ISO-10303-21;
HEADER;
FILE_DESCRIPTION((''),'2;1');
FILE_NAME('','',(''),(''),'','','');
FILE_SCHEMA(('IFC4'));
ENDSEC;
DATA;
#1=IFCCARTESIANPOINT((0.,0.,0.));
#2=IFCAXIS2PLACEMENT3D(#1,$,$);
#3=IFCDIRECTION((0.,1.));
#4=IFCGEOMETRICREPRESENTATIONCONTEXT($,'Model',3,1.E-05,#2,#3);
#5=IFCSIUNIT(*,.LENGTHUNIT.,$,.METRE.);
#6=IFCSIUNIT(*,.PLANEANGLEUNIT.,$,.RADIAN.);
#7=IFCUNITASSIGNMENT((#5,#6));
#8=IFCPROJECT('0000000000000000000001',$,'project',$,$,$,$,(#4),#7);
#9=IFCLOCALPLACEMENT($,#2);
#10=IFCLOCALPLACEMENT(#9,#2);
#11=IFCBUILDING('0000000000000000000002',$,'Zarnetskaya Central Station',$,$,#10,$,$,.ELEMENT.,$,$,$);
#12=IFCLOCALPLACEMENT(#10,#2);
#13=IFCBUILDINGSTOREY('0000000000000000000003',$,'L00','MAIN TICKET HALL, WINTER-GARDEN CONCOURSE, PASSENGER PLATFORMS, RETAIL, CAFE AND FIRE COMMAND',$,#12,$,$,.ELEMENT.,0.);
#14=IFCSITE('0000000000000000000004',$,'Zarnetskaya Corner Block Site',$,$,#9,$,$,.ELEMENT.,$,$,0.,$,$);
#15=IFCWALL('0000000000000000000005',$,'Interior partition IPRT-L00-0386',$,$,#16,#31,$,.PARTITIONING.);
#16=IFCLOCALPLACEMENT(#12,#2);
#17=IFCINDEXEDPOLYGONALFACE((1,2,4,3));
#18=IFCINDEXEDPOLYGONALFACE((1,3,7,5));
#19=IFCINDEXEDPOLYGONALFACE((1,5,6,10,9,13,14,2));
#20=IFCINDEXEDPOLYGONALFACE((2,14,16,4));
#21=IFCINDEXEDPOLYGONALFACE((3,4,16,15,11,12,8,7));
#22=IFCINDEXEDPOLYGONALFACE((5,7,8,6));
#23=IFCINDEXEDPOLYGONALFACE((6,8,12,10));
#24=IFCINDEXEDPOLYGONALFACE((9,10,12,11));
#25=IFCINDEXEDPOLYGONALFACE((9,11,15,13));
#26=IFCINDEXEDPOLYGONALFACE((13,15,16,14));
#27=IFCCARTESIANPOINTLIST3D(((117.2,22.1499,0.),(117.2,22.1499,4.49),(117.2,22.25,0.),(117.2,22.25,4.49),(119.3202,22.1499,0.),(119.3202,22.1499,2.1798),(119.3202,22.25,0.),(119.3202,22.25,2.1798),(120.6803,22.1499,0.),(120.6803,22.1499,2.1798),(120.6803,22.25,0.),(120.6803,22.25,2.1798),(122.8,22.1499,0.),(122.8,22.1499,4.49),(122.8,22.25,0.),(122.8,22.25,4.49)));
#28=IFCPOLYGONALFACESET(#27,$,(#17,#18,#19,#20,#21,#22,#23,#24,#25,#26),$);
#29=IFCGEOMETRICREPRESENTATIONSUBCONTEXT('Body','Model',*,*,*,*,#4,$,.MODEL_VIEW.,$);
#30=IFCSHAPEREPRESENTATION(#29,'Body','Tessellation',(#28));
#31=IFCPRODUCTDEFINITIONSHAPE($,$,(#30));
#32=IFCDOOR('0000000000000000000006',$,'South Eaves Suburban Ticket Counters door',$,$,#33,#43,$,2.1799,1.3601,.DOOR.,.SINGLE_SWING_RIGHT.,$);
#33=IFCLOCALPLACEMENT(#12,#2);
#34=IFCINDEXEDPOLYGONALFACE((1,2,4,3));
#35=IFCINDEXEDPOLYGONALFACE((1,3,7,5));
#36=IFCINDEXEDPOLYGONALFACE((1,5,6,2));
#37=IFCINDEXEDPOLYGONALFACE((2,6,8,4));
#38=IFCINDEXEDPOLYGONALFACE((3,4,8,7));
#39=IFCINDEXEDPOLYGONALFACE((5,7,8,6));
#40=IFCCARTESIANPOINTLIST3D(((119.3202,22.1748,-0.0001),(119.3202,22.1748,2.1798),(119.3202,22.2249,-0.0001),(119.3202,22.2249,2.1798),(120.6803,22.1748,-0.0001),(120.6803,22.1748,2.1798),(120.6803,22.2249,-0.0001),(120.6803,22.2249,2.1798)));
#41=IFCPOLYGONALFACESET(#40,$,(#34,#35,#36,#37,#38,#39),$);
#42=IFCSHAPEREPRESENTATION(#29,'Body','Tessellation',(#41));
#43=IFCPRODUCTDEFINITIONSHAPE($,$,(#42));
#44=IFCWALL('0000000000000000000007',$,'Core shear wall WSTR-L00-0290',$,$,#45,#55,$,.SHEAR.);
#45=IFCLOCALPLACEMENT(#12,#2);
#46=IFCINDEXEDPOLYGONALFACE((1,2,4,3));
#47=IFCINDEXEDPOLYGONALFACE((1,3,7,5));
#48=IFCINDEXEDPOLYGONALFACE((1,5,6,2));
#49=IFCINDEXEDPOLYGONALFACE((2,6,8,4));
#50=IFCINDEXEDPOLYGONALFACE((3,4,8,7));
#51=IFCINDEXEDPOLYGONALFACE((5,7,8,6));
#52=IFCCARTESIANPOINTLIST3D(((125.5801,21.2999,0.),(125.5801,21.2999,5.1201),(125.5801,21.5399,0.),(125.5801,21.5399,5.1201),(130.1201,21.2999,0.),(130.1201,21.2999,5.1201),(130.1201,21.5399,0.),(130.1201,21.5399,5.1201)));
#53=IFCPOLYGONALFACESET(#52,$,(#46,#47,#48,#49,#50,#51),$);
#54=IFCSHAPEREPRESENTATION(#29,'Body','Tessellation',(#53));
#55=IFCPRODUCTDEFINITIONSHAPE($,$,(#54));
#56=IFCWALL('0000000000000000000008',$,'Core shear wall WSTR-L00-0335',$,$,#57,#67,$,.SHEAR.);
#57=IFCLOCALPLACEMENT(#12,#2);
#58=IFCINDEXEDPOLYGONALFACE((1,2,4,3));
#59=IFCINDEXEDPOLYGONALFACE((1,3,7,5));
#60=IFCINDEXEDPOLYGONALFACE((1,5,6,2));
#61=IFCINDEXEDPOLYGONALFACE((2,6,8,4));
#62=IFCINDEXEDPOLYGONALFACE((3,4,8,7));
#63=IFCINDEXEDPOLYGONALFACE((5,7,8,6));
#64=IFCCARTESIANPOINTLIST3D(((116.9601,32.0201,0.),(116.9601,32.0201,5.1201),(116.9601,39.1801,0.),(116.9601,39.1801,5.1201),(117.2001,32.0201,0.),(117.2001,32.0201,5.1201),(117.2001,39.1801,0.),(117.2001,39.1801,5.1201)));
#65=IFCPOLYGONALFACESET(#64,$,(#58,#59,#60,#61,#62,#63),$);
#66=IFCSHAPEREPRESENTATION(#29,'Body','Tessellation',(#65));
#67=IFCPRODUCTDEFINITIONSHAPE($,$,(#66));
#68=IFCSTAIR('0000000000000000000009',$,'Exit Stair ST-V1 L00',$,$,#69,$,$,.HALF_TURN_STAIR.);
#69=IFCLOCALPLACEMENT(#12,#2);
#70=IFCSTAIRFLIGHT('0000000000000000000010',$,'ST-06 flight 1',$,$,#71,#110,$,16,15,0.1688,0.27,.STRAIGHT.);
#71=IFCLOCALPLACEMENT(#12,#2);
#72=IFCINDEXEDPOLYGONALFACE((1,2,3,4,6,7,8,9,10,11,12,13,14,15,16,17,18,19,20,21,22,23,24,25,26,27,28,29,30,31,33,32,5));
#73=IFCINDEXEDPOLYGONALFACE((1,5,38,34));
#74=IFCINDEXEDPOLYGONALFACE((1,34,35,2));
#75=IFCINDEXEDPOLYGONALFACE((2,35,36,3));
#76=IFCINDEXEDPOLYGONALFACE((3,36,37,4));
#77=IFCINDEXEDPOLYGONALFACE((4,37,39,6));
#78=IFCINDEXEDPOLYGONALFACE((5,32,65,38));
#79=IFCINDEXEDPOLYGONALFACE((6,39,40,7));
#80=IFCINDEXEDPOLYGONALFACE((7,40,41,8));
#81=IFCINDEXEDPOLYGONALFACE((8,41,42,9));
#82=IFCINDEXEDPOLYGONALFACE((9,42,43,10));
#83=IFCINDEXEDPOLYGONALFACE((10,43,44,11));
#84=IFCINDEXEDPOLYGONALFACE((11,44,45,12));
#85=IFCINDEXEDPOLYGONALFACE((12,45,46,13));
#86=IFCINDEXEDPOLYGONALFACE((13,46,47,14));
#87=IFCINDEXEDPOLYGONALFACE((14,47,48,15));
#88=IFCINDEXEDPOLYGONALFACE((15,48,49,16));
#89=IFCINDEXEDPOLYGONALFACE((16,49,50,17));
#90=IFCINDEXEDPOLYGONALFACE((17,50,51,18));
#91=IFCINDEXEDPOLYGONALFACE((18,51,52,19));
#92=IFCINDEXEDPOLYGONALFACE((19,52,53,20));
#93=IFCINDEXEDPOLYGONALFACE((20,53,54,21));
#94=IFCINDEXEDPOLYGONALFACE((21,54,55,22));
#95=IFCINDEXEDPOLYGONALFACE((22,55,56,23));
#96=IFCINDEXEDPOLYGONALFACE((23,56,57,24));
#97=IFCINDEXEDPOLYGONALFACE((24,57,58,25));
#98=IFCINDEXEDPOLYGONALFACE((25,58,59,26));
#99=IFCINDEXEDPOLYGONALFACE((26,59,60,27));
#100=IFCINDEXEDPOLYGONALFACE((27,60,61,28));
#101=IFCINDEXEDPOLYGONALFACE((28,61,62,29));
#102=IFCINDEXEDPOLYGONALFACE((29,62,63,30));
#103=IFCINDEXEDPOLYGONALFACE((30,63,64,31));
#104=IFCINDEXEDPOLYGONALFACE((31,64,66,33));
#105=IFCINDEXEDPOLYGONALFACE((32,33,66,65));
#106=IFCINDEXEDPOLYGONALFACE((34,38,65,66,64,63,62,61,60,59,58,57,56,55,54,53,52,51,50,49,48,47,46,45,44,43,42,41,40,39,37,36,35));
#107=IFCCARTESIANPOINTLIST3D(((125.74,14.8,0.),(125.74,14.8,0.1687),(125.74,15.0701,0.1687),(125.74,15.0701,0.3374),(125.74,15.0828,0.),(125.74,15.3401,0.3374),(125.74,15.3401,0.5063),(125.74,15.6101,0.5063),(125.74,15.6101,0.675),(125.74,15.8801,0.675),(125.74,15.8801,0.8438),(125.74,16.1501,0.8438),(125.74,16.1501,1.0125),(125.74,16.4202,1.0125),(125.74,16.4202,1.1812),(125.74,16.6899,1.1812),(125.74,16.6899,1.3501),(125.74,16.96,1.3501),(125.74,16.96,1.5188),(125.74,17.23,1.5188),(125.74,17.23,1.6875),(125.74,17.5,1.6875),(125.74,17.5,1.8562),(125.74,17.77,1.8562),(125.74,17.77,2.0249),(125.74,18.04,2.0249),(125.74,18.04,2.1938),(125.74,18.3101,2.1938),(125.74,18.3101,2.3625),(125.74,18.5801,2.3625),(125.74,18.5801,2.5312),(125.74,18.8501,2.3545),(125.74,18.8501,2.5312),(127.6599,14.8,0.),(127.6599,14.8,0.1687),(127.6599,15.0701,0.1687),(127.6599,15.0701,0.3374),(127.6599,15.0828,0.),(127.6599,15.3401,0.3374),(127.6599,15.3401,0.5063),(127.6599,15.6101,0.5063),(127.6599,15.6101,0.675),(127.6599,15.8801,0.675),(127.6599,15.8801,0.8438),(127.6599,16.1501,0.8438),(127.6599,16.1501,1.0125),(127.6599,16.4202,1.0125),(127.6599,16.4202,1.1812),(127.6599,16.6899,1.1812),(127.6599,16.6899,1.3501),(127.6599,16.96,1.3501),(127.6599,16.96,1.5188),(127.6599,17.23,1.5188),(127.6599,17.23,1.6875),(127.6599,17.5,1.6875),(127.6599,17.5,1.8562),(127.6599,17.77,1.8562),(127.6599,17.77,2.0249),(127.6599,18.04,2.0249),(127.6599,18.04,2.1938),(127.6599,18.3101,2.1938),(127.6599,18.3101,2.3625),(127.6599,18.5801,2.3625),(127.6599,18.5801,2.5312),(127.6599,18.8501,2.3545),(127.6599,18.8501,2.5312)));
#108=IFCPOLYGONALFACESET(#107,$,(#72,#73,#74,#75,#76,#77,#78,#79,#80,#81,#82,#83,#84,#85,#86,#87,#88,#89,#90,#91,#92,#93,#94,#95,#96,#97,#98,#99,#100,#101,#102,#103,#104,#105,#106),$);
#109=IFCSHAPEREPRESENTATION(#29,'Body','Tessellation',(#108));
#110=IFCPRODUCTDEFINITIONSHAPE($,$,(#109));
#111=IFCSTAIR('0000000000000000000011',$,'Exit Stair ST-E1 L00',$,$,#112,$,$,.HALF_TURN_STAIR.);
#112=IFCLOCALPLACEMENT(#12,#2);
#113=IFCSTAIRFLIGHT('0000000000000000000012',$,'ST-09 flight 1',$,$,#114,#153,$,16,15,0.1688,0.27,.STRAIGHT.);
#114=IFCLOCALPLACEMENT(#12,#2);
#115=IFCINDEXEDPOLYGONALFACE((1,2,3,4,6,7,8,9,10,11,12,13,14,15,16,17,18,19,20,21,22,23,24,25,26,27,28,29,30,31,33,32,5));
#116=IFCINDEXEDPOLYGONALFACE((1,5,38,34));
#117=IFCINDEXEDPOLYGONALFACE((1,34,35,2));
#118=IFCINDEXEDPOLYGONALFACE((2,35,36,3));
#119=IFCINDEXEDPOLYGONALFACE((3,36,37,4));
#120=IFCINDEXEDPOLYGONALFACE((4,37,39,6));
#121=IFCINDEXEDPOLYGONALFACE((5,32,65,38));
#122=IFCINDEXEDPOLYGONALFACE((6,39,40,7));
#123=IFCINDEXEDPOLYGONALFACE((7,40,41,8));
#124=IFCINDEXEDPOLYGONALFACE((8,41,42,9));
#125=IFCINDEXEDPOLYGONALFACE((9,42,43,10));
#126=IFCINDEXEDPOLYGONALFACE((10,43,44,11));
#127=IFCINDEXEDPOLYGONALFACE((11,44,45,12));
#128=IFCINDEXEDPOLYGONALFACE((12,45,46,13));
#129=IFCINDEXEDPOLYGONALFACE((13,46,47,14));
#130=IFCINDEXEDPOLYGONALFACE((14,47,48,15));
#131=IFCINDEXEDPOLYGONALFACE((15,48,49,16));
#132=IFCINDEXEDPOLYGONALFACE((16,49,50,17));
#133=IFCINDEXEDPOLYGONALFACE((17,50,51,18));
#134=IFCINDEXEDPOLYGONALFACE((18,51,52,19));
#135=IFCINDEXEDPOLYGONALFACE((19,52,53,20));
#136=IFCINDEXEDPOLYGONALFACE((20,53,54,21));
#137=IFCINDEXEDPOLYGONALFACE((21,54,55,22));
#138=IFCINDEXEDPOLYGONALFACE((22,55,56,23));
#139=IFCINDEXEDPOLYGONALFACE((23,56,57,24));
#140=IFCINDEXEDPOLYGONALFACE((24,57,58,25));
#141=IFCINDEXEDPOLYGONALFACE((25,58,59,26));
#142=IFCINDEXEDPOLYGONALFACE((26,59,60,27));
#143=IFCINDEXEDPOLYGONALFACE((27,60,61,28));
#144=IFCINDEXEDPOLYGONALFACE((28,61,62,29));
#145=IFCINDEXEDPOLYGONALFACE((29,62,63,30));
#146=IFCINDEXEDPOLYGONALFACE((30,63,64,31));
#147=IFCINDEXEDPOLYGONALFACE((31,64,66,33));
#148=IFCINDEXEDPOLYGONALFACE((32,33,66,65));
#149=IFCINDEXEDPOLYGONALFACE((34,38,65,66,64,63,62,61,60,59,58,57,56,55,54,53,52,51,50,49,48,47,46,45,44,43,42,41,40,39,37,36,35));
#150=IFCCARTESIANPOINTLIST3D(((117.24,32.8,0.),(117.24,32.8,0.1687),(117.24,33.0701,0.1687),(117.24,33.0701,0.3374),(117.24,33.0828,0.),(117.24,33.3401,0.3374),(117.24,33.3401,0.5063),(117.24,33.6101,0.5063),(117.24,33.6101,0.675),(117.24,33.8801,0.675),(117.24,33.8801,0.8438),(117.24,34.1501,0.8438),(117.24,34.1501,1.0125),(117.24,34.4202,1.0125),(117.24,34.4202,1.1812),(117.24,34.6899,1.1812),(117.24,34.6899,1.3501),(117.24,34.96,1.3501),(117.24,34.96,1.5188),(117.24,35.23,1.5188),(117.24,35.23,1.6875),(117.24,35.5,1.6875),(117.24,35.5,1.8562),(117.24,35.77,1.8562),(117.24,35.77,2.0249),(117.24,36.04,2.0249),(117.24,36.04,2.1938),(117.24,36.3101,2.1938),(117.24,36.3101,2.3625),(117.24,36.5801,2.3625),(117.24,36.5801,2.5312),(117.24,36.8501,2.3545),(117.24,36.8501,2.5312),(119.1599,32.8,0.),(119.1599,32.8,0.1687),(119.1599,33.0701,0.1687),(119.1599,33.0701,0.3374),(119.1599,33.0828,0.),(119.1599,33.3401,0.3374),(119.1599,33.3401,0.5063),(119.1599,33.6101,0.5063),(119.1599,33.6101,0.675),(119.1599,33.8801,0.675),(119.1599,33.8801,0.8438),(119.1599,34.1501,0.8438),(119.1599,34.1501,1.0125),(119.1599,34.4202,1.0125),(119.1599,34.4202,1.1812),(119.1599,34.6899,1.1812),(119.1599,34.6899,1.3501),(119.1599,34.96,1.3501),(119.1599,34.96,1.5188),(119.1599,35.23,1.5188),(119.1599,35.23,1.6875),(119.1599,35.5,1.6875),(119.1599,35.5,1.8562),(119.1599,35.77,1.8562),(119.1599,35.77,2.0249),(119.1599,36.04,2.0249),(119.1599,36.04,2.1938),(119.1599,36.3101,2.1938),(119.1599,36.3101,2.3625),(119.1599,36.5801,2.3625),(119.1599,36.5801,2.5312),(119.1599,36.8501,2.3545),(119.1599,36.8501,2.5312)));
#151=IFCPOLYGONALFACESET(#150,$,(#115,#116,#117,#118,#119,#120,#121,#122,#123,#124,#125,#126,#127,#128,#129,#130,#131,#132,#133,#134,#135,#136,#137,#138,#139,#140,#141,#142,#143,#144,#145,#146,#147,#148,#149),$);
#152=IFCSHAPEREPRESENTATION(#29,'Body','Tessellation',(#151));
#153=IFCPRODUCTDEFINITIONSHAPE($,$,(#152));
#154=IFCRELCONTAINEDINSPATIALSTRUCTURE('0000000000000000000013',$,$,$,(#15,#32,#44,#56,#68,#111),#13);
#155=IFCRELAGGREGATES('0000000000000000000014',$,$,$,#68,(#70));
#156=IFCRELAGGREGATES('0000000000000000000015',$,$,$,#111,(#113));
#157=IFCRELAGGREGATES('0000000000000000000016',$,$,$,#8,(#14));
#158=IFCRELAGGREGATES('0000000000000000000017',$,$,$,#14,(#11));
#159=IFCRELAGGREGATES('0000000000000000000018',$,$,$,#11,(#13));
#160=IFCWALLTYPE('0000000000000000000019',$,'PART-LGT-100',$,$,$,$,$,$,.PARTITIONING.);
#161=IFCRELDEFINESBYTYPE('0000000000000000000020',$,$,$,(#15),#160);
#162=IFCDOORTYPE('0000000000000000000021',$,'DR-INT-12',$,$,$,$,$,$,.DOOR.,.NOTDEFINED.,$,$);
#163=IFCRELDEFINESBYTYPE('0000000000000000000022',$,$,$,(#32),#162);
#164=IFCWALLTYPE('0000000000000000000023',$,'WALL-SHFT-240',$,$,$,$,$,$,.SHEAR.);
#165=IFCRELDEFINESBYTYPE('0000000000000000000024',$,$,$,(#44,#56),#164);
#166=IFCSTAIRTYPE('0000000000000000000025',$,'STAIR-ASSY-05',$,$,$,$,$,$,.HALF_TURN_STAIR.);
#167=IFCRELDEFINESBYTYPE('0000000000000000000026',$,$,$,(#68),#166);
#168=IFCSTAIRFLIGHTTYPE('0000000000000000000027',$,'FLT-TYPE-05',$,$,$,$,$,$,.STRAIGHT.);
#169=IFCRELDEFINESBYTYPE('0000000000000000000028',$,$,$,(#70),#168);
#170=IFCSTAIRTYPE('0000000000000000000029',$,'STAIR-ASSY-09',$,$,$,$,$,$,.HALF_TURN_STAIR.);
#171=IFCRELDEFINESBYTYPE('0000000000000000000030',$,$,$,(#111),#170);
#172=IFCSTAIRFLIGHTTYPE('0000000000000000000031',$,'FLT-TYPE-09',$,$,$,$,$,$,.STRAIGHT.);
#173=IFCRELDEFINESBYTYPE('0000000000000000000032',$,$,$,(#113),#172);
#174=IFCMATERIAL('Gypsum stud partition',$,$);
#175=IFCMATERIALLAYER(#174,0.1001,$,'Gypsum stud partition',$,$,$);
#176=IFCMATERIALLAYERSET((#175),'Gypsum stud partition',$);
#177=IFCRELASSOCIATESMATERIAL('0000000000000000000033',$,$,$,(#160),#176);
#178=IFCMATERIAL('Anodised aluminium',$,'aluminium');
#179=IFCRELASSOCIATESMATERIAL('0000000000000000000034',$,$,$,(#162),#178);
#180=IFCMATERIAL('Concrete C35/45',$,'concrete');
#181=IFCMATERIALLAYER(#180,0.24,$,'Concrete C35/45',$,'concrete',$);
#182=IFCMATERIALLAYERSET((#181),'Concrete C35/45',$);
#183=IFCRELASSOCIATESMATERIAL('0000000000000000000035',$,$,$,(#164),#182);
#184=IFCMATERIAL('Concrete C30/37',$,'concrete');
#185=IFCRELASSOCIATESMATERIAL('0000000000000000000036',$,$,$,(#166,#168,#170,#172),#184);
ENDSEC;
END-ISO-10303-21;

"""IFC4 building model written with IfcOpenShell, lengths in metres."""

from ifc_helpers import new_model, si_unit, direction, frame, frame_2d, origin, place, context, subcontext, project, spatial, polyline, rectangle, outline, extrude, material, layer, layer_set, type_object, element, fill, aggregate, save


model = new_model("IFC4")

# Units and contexts
model_context = context("Model", 3, precision=1e-05, world=origin(), true_north=direction((0.0, 1.0)))
body_context = subcontext(model_context, "Body", "Model", "MODEL_VIEW")
ifc_project = project(units=[si_unit("LENGTHUNIT", "METRE"), si_unit("PLANEANGLEUNIT", "RADIAN")], contexts=[model_context])

# Site, building, storey
site_placement = place(None, origin())
site = spatial("IfcSite", under=ifc_project, at=site_placement, Name="Zarnetskaya Corner Block Site", CompositionType="ELEMENT", RefElevation=0.0)
building_placement = place(site_placement, origin())
building = spatial("IfcBuilding", under=site, at=building_placement, Name="Zarnetskaya Central Station", CompositionType="ELEMENT")
storey_placement = place(building_placement, origin())
storey = spatial("IfcBuildingStorey", under=building, at=storey_placement, Name="L00", Description="MAIN TICKET HALL, WINTER-GARDEN CONCOURSE, PASSENGER PLATFORMS, RETAIL, CAFE AND FIRE COMMAND", CompositionType="ELEMENT", Elevation=0.0)

# Wall, opening, door
ifc_material_1 = material(Name="Gypsum stud partition")
ifc_layer_1 = layer(ifc_material_1, 0.1001, Name="Gypsum stud partition")
ifc_layer_set_1 = layer_set([ifc_layer_1], Name="Gypsum stud partition")
wall_type_1 = type_object("IfcWallType", Name="PART-LGT-100", PredefinedType="PARTITIONING", material=ifc_layer_set_1)
wall_1_placement = place(storey_placement, frame((117.2, 22.2, 0.0), z_axis=(0.0, 0.0, 1.0), x_axis=(1.0, 0.0, 0.0)))
wall_1 = element("IfcWall", 1, at=wall_1_placement, inside=storey, type_object=wall_type_1, Name="Interior partition IPRT-L00-0386", PredefinedType="PARTITIONING", context=body_context, shape_type="SweptSolid", body=[
    extrude(rectangle(XDim=5.6001, YDim=0.1001, at=frame_2d((2.8, 0.0))), origin(), (0.0, 0.0, 1.0), 4.49),
])
opening_1_placement = place(wall_1_placement, frame((2.1201, 0.0, 0.0)))
opening_1 = element("IfcOpeningElement", 2, at=opening_1_placement, cuts=wall_1, PredefinedType="OPENING", context=body_context, shape_type="SweptSolid", body=[
    extrude(rectangle(XDim=1.3601, YDim=2.1799, at=frame_2d((0.6802, 1.0898))), frame((0.0, 0.0601, 0.0), z_axis=(0.0, -1.0, 0.0), x_axis=(1.0, 0.0, 0.0)), (0.0, 0.0, 1.0), 0.1201),
])
ifc_material_2 = material(Name="Anodised aluminium", Category="aluminium")
door_type_1 = type_object("IfcDoorType", Name="DR-INT-12", OperationType="NOTDEFINED", PredefinedType="DOOR", material=ifc_material_2)
door_1_placement = place(opening_1_placement, origin())
door_1 = element("IfcDoor", 3, at=door_1_placement, inside=storey, type_object=door_type_1, Name="South Eaves Suburban Ticket Counters door", OperationType="SINGLE_SWING_RIGHT", OverallHeight=2.1799, OverallWidth=1.3601, PredefinedType="DOOR", context=body_context, shape_type="SweptSolid", body=[
    extrude(rectangle(XDim=1.3601, YDim=2.1799, at=frame_2d((0.6802, 1.0898))), frame((0.0, 0.0249, 0.0), z_axis=(0.0, -1.0, 0.0), x_axis=(1.0, 0.0, 0.0)), (0.0, 0.0, 1.0), 0.05),
])
fill(opening_1, door_1)

# Wall
ifc_material_3 = material(Name="Concrete C35/45", Category="concrete")
ifc_layer_2 = layer(ifc_material_3, 0.24, Name="Concrete C35/45", Category="concrete")
ifc_layer_set_2 = layer_set([ifc_layer_2], Name="Concrete C35/45")
wall_type_2 = type_object("IfcWallType", Name="WALL-SHFT-240", PredefinedType="SHEAR", material=ifc_layer_set_2)
wall_2_placement = place(storey_placement, frame((125.5801, 21.4199, 0.0), z_axis=(0.0, 0.0, 1.0), x_axis=(1.0, 0.0, 0.0)))
element("IfcWall", 4, at=wall_2_placement, inside=storey, type_object=wall_type_2, Name="Core shear wall WSTR-L00-0290", PredefinedType="SHEAR", context=body_context, shape_type="SweptSolid", body=[
    extrude(rectangle(XDim=4.54, YDim=0.24, at=frame_2d((2.27, 0.0))), origin(), (0.0, 0.0, 1.0), 5.1201),
])

# Wall
wall_3_placement = place(storey_placement, frame((117.0801, 32.02, 0.0), z_axis=(0.0, 0.0, 1.0), x_axis=(0.0, 1.0, 0.0)))
element("IfcWall", 5, at=wall_3_placement, inside=storey, type_object=wall_type_2, Name="Core shear wall WSTR-L00-0335", PredefinedType="SHEAR", context=body_context, shape_type="SweptSolid", body=[
    extrude(rectangle(XDim=7.1599, YDim=0.24, at=frame_2d((3.5801, 0.0))), origin(), (0.0, 0.0, 1.0), 5.1201),
])

# Stairs, stair flights
ifc_material_4 = material(Name="Concrete C30/37", Category="concrete")
stair_type_1 = type_object("IfcStairType", Name="STAIR-ASSY-05", PredefinedType="HALF_TURN_STAIR", material=ifc_material_4)
stair_1_placement = place(storey_placement, origin())
stair_1 = element("IfcStair", 6, at=stair_1_placement, inside=storey, type_object=stair_type_1, Name="Exit Stair ST-V1 L00", PredefinedType="HALF_TURN_STAIR")
stair_flight_type_1 = type_object("IfcStairFlightType", Name="FLT-TYPE-05", PredefinedType="STRAIGHT", material=ifc_material_4)
stair_flight_1_placement = place(storey_placement, frame((126.7, 14.8, 0.0), z_axis=(0.0, 0.0, 1.0), x_axis=(0.0, 1.0, 0.0)))
stair_flight_1 = element("IfcStairFlight", 7, at=stair_flight_1_placement, type_object=stair_flight_type_1, Name="ST-06 flight 1", NumberOfRisers=16, NumberOfTreads=15, PredefinedType="STRAIGHT", RiserHeight=0.1688, TreadLength=0.27, context=body_context, shape_type="SweptSolid", body=[
    extrude(outline(polyline([(0.0, 0.0), (0.0, 0.1687), (0.27, 0.1687), (0.27, 0.3374), (0.54, 0.3374), (0.54, 0.5063), (0.8101, 0.5063), (0.8101, 0.675), (1.0801, 0.675), (1.0801, 0.8438), (1.3501, 0.8438), (1.3501, 1.0125), (1.6201, 1.0125), (1.6201, 1.1812), (1.8899, 1.1812), (1.8899, 1.3501), (2.1599, 1.3501), (2.1599, 1.5188), (2.4299, 1.5188), (2.4299, 1.6875), (2.7, 1.6875), (2.7, 1.8562), (2.97, 1.8562), (2.97, 2.0249), (3.24, 2.0249), (3.24, 2.1938), (3.51, 2.1938), (3.51, 2.3625), (3.78, 2.3625), (3.78, 2.5312), (4.05, 2.5312), (4.05, 2.7), (4.05, 2.3545), (0.2827, 0.0), (0.0, 0.0)])), frame((0.0, 0.96, 0.0), z_axis=(0.0, -1.0, 0.0), x_axis=(1.0, 0.0, 0.0)), (0.0, 0.0, 1.0), 1.9199),
])
aggregate(stair_1, [stair_flight_1])
stair_type_2 = type_object("IfcStairType", Name="STAIR-ASSY-09", PredefinedType="HALF_TURN_STAIR", material=ifc_material_4)
stair_2_placement = place(storey_placement, origin())
stair_2 = element("IfcStair", 8, at=stair_2_placement, inside=storey, type_object=stair_type_2, Name="Exit Stair ST-E1 L00", PredefinedType="HALF_TURN_STAIR")
stair_flight_type_2 = type_object("IfcStairFlightType", Name="FLT-TYPE-09", PredefinedType="STRAIGHT", material=ifc_material_4)
stair_flight_2_placement = place(storey_placement, frame((118.2, 32.8, 0.0), z_axis=(0.0, 0.0, 1.0), x_axis=(0.0, 1.0, 0.0)))
stair_flight_2 = element("IfcStairFlight", 9, at=stair_flight_2_placement, type_object=stair_flight_type_2, Name="ST-09 flight 1", NumberOfRisers=16, NumberOfTreads=15, PredefinedType="STRAIGHT", RiserHeight=0.1688, TreadLength=0.27, context=body_context, shape_type="SweptSolid", body=[
    extrude(outline(polyline([(0.0, 0.0), (0.0, 0.1687), (0.27, 0.1687), (0.27, 0.3374), (0.54, 0.3374), (0.54, 0.5063), (0.8101, 0.5063), (0.8101, 0.675), (1.0801, 0.675), (1.0801, 0.8438), (1.3501, 0.8438), (1.3501, 1.0125), (1.6201, 1.0125), (1.6201, 1.1812), (1.8899, 1.1812), (1.8899, 1.3501), (2.1599, 1.3501), (2.1599, 1.5188), (2.4299, 1.5188), (2.4299, 1.6875), (2.7, 1.6875), (2.7, 1.8562), (2.97, 1.8562), (2.97, 2.0249), (3.24, 2.0249), (3.24, 2.1938), (3.51, 2.1938), (3.51, 2.3625), (3.78, 2.3625), (3.78, 2.5312), (4.05, 2.5312), (4.05, 2.7), (4.05, 2.3545), (0.2827, 0.0), (0.0, 0.0)])), frame((0.0, 0.96, 0.0), z_axis=(0.0, -1.0, 0.0), x_axis=(1.0, 0.0, 0.0)), (0.0, 0.0, 1.0), 1.9199),
])
aggregate(stair_2, [stair_flight_2])

save(model, "model.ifc")
